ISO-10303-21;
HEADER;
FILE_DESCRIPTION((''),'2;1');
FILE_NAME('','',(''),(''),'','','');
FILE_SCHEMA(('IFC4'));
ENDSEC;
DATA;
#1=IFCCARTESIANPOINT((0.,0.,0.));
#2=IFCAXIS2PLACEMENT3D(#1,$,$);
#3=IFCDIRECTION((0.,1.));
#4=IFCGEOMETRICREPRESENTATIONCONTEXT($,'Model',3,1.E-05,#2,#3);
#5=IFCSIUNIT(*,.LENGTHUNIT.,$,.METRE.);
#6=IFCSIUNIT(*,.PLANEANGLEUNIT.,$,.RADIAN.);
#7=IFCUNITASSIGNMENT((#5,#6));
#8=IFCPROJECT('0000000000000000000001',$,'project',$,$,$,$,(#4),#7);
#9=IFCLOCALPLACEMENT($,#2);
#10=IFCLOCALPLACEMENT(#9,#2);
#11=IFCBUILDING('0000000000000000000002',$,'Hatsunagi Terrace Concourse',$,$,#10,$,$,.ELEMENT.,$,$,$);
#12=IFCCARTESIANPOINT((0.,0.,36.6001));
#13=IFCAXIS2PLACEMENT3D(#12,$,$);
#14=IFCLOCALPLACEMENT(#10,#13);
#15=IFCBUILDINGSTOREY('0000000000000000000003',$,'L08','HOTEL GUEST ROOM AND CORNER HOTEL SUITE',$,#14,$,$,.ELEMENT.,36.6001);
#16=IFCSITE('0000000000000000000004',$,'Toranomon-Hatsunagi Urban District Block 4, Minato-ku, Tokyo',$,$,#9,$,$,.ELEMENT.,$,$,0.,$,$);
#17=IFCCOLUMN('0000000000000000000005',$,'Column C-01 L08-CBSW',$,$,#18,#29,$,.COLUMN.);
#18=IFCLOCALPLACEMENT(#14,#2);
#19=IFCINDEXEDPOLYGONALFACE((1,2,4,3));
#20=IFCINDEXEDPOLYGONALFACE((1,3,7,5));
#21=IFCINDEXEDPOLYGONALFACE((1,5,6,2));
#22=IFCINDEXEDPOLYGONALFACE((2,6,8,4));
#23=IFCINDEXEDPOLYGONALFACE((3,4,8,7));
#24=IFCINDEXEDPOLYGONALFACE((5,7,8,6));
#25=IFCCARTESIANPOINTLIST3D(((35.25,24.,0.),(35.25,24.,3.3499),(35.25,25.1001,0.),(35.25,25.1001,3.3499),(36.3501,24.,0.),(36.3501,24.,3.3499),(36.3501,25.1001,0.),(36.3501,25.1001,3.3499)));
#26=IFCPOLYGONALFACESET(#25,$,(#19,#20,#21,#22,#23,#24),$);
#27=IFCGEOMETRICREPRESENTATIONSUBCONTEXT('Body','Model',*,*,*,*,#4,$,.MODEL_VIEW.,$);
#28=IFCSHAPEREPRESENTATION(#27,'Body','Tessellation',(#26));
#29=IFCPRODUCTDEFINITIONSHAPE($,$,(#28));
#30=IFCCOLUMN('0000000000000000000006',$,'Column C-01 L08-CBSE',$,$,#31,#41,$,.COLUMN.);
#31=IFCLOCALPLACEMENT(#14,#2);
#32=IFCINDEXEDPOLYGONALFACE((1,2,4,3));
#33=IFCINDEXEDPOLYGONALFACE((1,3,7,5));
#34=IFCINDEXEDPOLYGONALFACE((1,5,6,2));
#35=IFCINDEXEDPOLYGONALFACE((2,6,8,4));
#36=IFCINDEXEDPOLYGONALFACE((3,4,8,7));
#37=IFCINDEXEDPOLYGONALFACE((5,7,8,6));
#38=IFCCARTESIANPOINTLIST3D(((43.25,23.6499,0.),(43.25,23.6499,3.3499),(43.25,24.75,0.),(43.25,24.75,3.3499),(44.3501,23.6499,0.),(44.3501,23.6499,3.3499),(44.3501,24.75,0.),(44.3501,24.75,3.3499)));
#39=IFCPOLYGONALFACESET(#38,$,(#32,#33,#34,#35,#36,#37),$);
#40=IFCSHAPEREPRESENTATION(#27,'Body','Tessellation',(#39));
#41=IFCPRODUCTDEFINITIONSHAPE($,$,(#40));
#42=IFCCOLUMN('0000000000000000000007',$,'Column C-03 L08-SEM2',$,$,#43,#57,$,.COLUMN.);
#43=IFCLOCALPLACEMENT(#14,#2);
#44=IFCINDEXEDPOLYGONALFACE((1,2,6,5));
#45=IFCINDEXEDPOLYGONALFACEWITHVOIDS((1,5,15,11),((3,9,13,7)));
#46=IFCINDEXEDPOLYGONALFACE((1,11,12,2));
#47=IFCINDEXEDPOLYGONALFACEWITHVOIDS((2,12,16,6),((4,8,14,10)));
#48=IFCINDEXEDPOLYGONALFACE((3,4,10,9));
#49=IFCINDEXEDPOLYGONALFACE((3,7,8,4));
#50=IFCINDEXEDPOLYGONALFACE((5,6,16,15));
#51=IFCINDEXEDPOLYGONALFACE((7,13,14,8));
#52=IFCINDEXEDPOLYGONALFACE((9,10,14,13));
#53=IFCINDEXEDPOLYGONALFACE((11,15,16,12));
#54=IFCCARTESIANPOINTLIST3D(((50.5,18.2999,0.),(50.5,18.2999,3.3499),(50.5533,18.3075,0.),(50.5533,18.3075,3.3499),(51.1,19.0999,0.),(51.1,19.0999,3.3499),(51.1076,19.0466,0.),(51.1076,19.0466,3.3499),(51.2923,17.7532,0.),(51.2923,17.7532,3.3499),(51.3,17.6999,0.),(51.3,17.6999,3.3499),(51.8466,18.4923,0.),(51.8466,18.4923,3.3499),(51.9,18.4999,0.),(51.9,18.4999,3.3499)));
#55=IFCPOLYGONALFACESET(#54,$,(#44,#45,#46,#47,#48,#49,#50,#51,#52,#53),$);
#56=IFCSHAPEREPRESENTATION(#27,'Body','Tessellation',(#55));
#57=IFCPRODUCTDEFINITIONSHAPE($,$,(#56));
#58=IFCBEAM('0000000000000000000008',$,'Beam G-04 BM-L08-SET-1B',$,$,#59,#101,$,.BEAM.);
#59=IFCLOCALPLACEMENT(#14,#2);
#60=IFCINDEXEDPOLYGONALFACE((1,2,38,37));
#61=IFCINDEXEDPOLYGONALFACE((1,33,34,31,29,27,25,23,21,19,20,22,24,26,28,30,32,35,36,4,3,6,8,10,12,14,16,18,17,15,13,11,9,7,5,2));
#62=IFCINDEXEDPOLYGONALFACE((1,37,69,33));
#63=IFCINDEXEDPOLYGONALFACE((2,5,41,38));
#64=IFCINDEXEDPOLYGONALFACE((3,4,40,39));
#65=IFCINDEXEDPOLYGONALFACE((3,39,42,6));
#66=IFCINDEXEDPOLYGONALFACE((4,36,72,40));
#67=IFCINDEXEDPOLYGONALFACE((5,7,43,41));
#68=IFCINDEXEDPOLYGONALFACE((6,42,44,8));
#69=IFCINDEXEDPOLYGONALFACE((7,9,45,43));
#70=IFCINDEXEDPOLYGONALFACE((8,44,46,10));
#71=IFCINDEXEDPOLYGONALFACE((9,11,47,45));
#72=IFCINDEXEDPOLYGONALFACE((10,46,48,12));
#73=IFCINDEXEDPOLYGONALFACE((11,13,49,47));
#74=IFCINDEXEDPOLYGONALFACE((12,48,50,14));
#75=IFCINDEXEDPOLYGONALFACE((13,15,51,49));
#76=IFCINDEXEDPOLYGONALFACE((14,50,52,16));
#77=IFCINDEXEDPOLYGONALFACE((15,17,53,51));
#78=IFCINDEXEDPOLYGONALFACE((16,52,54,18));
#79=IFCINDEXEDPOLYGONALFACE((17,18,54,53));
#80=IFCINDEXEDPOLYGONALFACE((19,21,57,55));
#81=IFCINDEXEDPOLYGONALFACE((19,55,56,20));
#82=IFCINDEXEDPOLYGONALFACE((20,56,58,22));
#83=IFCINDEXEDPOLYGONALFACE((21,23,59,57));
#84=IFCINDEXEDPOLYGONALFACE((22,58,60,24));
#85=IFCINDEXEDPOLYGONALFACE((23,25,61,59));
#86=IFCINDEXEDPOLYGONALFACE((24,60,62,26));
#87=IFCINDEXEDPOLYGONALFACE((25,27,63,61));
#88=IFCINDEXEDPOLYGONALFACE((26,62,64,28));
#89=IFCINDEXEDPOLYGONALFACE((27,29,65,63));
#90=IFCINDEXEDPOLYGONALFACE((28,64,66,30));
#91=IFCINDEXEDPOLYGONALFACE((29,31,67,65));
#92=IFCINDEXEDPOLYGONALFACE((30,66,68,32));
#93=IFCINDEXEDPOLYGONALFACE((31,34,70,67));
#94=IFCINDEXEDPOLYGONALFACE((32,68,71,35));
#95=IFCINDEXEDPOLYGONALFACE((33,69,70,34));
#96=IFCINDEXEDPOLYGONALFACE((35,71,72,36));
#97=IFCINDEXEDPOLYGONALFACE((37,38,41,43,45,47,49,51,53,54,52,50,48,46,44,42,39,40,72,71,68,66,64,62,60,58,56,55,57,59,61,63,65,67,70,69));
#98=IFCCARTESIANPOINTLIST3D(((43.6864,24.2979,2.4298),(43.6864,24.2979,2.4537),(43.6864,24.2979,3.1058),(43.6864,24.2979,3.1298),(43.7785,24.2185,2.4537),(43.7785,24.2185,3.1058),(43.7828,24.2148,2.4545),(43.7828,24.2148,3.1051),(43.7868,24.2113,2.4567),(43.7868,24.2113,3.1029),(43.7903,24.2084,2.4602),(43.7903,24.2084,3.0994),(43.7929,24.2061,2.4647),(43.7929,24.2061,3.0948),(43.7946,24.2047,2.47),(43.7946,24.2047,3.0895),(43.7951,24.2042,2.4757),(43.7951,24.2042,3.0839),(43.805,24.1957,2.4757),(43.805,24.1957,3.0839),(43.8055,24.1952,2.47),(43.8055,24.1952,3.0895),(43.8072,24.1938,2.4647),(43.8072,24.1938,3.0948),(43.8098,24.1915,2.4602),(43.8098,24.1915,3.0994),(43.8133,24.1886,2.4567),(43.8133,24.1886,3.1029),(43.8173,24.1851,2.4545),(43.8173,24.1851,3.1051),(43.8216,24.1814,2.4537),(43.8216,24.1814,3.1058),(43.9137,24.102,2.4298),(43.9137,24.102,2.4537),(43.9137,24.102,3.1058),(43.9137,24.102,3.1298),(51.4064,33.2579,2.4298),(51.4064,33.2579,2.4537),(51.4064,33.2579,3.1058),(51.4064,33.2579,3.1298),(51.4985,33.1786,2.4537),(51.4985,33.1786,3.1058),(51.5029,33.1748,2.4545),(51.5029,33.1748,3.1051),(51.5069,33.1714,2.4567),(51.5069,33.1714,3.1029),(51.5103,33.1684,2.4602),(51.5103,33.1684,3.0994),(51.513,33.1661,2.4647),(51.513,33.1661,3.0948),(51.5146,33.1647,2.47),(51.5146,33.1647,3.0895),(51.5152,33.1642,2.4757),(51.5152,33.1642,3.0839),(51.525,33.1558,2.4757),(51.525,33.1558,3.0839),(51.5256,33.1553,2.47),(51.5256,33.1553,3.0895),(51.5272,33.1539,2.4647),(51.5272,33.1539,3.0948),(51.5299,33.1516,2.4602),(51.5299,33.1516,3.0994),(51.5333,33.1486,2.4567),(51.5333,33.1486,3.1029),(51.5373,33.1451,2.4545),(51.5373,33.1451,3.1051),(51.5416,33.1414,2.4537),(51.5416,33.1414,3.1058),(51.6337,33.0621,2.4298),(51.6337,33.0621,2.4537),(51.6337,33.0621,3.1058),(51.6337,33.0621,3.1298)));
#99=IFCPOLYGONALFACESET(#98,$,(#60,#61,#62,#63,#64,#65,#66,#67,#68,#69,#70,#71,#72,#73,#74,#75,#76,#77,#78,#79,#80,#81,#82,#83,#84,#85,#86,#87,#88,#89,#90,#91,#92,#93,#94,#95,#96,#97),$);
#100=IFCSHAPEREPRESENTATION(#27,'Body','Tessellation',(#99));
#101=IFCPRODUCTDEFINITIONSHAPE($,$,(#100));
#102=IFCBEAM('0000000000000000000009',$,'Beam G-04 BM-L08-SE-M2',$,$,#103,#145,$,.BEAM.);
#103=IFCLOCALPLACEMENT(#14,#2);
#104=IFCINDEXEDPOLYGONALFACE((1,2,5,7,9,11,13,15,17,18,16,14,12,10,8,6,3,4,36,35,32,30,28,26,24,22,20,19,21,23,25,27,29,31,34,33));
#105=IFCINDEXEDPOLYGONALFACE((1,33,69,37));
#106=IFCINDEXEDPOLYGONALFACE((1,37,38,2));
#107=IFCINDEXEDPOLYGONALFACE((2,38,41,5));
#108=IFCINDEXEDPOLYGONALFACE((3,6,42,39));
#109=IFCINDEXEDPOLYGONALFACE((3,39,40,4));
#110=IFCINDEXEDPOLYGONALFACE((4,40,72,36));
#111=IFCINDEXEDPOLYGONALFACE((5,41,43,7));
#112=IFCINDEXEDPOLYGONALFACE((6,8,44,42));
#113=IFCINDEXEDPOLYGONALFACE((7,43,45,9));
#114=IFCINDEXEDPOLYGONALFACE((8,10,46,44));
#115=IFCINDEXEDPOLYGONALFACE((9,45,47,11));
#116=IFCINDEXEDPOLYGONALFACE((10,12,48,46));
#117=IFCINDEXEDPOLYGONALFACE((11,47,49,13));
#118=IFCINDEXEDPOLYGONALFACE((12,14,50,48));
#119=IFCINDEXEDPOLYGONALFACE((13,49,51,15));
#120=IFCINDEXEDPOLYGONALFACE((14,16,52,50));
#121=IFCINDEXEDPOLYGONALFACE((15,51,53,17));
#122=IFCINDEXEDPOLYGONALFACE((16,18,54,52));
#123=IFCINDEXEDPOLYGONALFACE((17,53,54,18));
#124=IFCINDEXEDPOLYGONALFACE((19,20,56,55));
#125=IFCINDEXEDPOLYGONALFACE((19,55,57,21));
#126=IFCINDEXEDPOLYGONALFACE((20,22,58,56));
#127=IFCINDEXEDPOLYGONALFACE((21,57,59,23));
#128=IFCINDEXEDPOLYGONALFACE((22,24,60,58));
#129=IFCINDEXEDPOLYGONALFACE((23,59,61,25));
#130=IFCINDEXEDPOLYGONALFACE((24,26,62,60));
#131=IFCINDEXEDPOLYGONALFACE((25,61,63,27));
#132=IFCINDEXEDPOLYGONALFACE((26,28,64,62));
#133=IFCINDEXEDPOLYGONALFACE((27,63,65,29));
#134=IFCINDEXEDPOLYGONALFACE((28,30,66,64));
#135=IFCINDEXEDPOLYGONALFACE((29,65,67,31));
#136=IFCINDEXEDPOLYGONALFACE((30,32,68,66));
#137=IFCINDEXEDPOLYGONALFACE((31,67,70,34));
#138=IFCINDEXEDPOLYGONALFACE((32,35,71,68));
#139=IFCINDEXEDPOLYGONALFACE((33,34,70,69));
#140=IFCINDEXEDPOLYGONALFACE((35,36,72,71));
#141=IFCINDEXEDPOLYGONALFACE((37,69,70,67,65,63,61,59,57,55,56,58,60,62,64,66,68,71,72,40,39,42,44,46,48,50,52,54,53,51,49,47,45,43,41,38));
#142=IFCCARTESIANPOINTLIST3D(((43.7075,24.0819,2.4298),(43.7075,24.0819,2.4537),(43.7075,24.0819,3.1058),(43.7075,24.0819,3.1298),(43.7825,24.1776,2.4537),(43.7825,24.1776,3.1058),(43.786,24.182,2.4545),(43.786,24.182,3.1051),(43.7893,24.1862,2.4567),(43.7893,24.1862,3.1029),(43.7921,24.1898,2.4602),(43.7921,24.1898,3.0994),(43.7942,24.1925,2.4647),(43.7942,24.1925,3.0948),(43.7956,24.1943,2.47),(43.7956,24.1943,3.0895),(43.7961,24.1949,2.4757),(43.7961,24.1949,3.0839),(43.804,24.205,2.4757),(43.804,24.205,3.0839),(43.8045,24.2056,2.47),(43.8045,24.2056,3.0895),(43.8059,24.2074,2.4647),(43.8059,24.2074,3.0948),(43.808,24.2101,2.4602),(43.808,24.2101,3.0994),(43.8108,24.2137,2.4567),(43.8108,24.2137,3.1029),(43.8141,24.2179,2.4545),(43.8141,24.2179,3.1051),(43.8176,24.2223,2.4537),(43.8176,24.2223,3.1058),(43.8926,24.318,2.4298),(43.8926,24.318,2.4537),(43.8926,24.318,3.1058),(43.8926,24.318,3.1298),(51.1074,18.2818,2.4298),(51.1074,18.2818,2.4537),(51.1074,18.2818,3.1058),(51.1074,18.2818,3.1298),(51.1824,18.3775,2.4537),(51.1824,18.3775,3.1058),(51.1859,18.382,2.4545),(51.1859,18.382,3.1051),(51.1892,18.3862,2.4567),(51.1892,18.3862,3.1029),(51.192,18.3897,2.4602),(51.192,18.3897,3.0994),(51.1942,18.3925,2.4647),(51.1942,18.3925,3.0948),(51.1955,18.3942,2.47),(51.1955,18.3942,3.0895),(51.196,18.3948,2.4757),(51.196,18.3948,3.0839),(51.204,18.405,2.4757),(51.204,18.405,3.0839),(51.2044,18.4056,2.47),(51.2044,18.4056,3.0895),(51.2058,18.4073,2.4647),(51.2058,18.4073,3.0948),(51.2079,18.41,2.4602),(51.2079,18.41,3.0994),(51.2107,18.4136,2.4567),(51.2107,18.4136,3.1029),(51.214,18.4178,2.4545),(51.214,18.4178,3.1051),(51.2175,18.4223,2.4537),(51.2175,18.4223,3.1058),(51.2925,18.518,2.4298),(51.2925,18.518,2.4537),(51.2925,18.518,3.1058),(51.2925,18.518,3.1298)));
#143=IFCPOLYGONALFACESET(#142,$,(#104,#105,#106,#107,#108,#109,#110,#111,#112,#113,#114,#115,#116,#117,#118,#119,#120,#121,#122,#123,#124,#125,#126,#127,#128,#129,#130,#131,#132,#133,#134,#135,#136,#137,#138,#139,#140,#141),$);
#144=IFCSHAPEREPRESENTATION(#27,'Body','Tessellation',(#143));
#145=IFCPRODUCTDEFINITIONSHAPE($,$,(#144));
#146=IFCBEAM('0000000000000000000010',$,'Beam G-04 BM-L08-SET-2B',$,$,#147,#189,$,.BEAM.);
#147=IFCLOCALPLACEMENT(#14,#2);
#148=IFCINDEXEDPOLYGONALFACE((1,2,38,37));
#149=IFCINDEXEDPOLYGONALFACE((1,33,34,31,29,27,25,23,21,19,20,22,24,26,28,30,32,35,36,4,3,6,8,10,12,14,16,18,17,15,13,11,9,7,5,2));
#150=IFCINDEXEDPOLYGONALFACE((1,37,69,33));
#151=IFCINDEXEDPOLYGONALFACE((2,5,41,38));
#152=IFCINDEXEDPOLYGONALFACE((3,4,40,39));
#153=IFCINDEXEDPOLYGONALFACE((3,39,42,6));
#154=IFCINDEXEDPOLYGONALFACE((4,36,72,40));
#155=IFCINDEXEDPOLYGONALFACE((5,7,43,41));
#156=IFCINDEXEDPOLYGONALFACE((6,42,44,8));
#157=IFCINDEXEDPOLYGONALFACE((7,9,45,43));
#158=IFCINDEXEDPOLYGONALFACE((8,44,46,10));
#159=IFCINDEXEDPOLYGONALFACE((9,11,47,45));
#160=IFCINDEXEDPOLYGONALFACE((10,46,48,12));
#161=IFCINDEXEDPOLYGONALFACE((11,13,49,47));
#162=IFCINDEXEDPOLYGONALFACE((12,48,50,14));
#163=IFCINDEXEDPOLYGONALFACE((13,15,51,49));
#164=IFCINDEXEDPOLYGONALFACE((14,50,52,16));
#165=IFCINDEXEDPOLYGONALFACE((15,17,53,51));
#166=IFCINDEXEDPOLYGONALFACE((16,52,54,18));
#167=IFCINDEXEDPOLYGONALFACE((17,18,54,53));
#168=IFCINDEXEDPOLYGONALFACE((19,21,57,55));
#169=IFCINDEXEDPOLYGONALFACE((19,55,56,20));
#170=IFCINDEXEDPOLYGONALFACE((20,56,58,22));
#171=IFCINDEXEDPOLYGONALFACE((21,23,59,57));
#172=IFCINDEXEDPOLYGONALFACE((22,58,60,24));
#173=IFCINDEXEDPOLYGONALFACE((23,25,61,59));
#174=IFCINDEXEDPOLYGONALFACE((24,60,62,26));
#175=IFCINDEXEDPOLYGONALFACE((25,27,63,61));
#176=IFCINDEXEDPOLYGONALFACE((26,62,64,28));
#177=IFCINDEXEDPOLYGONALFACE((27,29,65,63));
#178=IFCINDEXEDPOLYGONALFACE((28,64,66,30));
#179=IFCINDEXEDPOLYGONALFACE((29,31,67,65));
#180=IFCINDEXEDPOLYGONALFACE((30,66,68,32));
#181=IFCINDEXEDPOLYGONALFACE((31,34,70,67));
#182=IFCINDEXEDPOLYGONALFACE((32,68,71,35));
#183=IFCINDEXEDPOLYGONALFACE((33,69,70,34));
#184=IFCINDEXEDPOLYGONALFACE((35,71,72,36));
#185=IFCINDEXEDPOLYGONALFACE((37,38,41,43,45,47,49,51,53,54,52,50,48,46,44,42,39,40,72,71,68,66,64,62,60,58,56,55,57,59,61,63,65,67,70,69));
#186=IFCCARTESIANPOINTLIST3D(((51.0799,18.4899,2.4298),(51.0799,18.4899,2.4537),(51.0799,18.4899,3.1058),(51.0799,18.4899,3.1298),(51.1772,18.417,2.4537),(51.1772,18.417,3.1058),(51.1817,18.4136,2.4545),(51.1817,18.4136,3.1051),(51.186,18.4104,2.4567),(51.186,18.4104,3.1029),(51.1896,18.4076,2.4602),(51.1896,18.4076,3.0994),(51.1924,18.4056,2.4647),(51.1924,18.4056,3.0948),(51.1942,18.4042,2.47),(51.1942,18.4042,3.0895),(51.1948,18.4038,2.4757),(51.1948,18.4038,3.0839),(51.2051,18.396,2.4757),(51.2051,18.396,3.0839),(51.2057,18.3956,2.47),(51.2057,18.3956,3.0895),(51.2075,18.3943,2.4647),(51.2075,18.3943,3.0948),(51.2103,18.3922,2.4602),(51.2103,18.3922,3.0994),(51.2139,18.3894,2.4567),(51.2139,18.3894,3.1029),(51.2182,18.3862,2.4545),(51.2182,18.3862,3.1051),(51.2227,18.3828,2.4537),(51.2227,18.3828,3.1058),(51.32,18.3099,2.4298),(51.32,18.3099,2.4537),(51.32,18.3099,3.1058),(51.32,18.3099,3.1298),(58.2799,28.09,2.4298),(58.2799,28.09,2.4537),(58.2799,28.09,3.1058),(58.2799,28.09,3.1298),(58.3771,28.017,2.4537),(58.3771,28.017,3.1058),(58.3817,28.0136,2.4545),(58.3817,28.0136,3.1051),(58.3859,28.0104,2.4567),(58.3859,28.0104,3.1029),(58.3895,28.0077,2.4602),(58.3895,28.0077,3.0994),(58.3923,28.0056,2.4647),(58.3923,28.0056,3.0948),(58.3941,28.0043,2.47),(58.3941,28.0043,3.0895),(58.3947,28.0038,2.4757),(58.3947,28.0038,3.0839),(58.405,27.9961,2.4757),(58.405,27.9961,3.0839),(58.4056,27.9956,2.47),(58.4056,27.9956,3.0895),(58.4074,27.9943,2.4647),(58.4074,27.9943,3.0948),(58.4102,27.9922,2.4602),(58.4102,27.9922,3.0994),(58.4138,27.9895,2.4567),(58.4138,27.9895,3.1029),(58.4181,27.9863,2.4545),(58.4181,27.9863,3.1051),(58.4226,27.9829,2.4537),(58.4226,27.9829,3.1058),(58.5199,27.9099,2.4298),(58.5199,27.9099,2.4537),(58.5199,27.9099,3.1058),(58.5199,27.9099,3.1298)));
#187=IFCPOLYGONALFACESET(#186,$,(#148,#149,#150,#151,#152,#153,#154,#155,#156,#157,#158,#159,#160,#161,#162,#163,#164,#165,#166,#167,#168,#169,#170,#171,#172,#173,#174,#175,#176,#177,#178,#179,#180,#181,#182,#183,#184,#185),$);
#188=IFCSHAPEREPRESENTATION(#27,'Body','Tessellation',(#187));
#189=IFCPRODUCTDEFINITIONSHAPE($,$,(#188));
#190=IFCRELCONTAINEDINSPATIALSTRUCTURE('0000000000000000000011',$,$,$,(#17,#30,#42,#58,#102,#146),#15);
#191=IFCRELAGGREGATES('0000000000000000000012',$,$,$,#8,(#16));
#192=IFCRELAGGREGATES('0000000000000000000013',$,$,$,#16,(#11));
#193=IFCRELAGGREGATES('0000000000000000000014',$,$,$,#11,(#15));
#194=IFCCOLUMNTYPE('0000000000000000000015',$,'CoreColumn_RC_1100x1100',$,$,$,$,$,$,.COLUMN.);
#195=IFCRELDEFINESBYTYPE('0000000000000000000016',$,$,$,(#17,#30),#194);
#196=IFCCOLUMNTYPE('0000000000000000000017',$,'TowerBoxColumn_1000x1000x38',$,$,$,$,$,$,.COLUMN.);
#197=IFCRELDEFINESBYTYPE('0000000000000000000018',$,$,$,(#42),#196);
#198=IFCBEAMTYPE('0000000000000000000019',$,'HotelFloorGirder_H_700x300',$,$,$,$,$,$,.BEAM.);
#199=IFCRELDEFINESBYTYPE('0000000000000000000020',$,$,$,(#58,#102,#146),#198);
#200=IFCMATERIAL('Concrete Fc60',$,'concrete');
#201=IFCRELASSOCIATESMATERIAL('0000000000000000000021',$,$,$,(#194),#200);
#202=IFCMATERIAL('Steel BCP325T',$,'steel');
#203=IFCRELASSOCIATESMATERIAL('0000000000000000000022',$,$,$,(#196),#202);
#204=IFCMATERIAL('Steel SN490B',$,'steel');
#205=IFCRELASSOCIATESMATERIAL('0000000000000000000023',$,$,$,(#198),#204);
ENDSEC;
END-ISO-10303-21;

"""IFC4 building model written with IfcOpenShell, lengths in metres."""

from ifc_helpers import new_model, si_unit, direction, frame, origin, origin_2d, place, context, subcontext, project, spatial, rectangle, hollow_rectangle, i_section, extrude, material, material_profile, profile_set, type_object, element, save


model = new_model("IFC4")

# Units and contexts
model_context = context("Model", 3, precision=1e-05, world=origin(), true_north=direction((0.0, 1.0)))
body_context = subcontext(model_context, "Body", "Model", "MODEL_VIEW")
ifc_project = project(units=[si_unit("LENGTHUNIT", "METRE"), si_unit("PLANEANGLEUNIT", "RADIAN")], contexts=[model_context])

# Site, building, storey
site_placement = place(None, origin())
site = spatial("IfcSite", under=ifc_project, at=site_placement, Name="Toranomon-Hatsunagi Urban District Block 4, Minato-ku, Tokyo", CompositionType="ELEMENT", RefElevation=0.0)
building_placement = place(site_placement, origin())
building = spatial("IfcBuilding", under=site, at=building_placement, Name="Hatsunagi Terrace Concourse", CompositionType="ELEMENT")
storey_placement = place(building_placement, frame((0.0, 0.0, 36.6001)))
storey = spatial("IfcBuildingStorey", under=building, at=storey_placement, Name="L08", Description="HOTEL GUEST ROOM AND CORNER HOTEL SUITE", CompositionType="ELEMENT", Elevation=36.6001)

# Columns
ifc_material_1 = material(Name="Concrete Fc60", Category="concrete")
ifc_material_profile_1 = material_profile(ifc_material_1, rectangle(XDim=1.1001, YDim=1.1001, at=origin_2d()), Name="RC-1100x1100")
ifc_profile_set_1 = profile_set([ifc_material_profile_1], Name="Concrete Fc60")
column_type_1 = type_object("IfcColumnType", Name="CoreColumn_RC_1100x1100", PredefinedType="COLUMN", material=ifc_profile_set_1)
for number, where, z_axis, x_axis, name in (
    (1, (35.8, 24.55, 0.0), (0.0, 0.0, 1.0), (1.0, 0.0, 0.0), "Column C-01 L08-CBSW"),
    (2, (43.8, 24.2, 0.0), (0.0, 0.0, 1.0), (1.0, 0.0, 0.0), "Column C-01 L08-CBSE"),
):
    element("IfcColumn", number, at=place(storey_placement, frame(where, z_axis=z_axis, x_axis=x_axis)), inside=storey, type_object=column_type_1, Name=name, PredefinedType="COLUMN", context=body_context, shape_type="SweptSolid", body=[
        extrude(rectangle(XDim=1.1001, YDim=1.1001, at=origin_2d()), origin(), (0.0, 0.0, 1.0), 3.3499),
    ])
ifc_material_2 = material(Name="Steel BCP325T", Category="steel")
ifc_material_profile_2 = material_profile(ifc_material_2, hollow_rectangle(XDim=1.0, YDim=1.0, WallThickness=0.0381, at=origin_2d()), Name="BCP-1000x1000x38")
ifc_profile_set_2 = profile_set([ifc_material_profile_2], Name="Steel BCP325T")
column_type_2 = type_object("IfcColumnType", Name="TowerBoxColumn_1000x1000x38", PredefinedType="COLUMN", material=ifc_profile_set_2)
column_placement = place(storey_placement, frame((51.2, 18.3999, 0.0), z_axis=(0.0, 0.0, 1.0), x_axis=(0.8, -0.6, 0.0)))
element("IfcColumn", 3, at=column_placement, inside=storey, type_object=column_type_2, Name="Column C-03 L08-SEM2", PredefinedType="COLUMN", context=body_context, shape_type="SweptSolid", body=[
    extrude(hollow_rectangle(XDim=1.0, YDim=1.0, WallThickness=0.0381, at=origin_2d()), origin(), (0.0, 0.0, 1.0), 3.3499),
])

# Beams
ifc_material_3 = material(Name="Steel SN490B", Category="steel")
ifc_material_profile_3 = material_profile(ifc_material_3, i_section(OverallWidth=0.3, OverallDepth=0.7, WebThickness=0.0129, FlangeThickness=0.0239, FilletRadius=0.022, at=origin_2d()), Name="H-700x300x13x24")
ifc_profile_set_3 = profile_set([ifc_material_profile_3], Name="Steel SN490B")
beam_type_1 = type_object("IfcBeamType", Name="HotelFloorGirder_H_700x300", PredefinedType="BEAM", material=ifc_profile_set_3)
beam_1_placement = place(storey_placement, frame((43.8, 24.2, 2.7798), z_axis=(0.652739, 0.757583, 0.0), x_axis=(-0.757583, 0.652739, 0.0)))
element("IfcBeam", 4, at=beam_1_placement, inside=storey, type_object=beam_type_1, Name="Beam G-04 BM-L08-SET-1B", PredefinedType="BEAM", context=body_context, shape_type="SweptSolid", body=[
    extrude(i_section(OverallWidth=0.3, OverallDepth=0.7, WebThickness=0.0129, FlangeThickness=0.0239, FilletRadius=0.022, at=origin_2d()), origin(), (0.0, 0.0, 1.0), 11.8271),
])
beam_2_placement = place(storey_placement, frame((43.8, 24.2, 2.7798), z_axis=(0.787049, -0.61689, 0.0), x_axis=(0.61689, 0.787049, 0.0)))
element("IfcBeam", 5, at=beam_2_placement, inside=storey, type_object=beam_type_1, Name="Beam G-04 BM-L08-SE-M2", PredefinedType="BEAM", context=body_context, shape_type="SweptSolid", body=[
    extrude(i_section(OverallWidth=0.3, OverallDepth=0.7, WebThickness=0.0129, FlangeThickness=0.0239, FilletRadius=0.022, at=origin_2d()), origin(), (0.0, 0.0, 1.0), 9.4021),
])
beam_3_placement = place(storey_placement, frame((51.2, 18.3999, 2.7798), z_axis=(0.599993, 0.800005, 0.0), x_axis=(-0.800005, 0.599993, 0.0)))
element("IfcBeam", 6, at=beam_3_placement, inside=storey, type_object=beam_type_1, Name="Beam G-04 BM-L08-SET-2B", PredefinedType="BEAM", context=body_context, shape_type="SweptSolid", body=[
    extrude(i_section(OverallWidth=0.3, OverallDepth=0.7, WebThickness=0.0129, FlangeThickness=0.0239, FilletRadius=0.022, at=origin_2d()), origin(), (0.0, 0.0, 1.0), 12.0),
])

save(model, "model.ifc")
